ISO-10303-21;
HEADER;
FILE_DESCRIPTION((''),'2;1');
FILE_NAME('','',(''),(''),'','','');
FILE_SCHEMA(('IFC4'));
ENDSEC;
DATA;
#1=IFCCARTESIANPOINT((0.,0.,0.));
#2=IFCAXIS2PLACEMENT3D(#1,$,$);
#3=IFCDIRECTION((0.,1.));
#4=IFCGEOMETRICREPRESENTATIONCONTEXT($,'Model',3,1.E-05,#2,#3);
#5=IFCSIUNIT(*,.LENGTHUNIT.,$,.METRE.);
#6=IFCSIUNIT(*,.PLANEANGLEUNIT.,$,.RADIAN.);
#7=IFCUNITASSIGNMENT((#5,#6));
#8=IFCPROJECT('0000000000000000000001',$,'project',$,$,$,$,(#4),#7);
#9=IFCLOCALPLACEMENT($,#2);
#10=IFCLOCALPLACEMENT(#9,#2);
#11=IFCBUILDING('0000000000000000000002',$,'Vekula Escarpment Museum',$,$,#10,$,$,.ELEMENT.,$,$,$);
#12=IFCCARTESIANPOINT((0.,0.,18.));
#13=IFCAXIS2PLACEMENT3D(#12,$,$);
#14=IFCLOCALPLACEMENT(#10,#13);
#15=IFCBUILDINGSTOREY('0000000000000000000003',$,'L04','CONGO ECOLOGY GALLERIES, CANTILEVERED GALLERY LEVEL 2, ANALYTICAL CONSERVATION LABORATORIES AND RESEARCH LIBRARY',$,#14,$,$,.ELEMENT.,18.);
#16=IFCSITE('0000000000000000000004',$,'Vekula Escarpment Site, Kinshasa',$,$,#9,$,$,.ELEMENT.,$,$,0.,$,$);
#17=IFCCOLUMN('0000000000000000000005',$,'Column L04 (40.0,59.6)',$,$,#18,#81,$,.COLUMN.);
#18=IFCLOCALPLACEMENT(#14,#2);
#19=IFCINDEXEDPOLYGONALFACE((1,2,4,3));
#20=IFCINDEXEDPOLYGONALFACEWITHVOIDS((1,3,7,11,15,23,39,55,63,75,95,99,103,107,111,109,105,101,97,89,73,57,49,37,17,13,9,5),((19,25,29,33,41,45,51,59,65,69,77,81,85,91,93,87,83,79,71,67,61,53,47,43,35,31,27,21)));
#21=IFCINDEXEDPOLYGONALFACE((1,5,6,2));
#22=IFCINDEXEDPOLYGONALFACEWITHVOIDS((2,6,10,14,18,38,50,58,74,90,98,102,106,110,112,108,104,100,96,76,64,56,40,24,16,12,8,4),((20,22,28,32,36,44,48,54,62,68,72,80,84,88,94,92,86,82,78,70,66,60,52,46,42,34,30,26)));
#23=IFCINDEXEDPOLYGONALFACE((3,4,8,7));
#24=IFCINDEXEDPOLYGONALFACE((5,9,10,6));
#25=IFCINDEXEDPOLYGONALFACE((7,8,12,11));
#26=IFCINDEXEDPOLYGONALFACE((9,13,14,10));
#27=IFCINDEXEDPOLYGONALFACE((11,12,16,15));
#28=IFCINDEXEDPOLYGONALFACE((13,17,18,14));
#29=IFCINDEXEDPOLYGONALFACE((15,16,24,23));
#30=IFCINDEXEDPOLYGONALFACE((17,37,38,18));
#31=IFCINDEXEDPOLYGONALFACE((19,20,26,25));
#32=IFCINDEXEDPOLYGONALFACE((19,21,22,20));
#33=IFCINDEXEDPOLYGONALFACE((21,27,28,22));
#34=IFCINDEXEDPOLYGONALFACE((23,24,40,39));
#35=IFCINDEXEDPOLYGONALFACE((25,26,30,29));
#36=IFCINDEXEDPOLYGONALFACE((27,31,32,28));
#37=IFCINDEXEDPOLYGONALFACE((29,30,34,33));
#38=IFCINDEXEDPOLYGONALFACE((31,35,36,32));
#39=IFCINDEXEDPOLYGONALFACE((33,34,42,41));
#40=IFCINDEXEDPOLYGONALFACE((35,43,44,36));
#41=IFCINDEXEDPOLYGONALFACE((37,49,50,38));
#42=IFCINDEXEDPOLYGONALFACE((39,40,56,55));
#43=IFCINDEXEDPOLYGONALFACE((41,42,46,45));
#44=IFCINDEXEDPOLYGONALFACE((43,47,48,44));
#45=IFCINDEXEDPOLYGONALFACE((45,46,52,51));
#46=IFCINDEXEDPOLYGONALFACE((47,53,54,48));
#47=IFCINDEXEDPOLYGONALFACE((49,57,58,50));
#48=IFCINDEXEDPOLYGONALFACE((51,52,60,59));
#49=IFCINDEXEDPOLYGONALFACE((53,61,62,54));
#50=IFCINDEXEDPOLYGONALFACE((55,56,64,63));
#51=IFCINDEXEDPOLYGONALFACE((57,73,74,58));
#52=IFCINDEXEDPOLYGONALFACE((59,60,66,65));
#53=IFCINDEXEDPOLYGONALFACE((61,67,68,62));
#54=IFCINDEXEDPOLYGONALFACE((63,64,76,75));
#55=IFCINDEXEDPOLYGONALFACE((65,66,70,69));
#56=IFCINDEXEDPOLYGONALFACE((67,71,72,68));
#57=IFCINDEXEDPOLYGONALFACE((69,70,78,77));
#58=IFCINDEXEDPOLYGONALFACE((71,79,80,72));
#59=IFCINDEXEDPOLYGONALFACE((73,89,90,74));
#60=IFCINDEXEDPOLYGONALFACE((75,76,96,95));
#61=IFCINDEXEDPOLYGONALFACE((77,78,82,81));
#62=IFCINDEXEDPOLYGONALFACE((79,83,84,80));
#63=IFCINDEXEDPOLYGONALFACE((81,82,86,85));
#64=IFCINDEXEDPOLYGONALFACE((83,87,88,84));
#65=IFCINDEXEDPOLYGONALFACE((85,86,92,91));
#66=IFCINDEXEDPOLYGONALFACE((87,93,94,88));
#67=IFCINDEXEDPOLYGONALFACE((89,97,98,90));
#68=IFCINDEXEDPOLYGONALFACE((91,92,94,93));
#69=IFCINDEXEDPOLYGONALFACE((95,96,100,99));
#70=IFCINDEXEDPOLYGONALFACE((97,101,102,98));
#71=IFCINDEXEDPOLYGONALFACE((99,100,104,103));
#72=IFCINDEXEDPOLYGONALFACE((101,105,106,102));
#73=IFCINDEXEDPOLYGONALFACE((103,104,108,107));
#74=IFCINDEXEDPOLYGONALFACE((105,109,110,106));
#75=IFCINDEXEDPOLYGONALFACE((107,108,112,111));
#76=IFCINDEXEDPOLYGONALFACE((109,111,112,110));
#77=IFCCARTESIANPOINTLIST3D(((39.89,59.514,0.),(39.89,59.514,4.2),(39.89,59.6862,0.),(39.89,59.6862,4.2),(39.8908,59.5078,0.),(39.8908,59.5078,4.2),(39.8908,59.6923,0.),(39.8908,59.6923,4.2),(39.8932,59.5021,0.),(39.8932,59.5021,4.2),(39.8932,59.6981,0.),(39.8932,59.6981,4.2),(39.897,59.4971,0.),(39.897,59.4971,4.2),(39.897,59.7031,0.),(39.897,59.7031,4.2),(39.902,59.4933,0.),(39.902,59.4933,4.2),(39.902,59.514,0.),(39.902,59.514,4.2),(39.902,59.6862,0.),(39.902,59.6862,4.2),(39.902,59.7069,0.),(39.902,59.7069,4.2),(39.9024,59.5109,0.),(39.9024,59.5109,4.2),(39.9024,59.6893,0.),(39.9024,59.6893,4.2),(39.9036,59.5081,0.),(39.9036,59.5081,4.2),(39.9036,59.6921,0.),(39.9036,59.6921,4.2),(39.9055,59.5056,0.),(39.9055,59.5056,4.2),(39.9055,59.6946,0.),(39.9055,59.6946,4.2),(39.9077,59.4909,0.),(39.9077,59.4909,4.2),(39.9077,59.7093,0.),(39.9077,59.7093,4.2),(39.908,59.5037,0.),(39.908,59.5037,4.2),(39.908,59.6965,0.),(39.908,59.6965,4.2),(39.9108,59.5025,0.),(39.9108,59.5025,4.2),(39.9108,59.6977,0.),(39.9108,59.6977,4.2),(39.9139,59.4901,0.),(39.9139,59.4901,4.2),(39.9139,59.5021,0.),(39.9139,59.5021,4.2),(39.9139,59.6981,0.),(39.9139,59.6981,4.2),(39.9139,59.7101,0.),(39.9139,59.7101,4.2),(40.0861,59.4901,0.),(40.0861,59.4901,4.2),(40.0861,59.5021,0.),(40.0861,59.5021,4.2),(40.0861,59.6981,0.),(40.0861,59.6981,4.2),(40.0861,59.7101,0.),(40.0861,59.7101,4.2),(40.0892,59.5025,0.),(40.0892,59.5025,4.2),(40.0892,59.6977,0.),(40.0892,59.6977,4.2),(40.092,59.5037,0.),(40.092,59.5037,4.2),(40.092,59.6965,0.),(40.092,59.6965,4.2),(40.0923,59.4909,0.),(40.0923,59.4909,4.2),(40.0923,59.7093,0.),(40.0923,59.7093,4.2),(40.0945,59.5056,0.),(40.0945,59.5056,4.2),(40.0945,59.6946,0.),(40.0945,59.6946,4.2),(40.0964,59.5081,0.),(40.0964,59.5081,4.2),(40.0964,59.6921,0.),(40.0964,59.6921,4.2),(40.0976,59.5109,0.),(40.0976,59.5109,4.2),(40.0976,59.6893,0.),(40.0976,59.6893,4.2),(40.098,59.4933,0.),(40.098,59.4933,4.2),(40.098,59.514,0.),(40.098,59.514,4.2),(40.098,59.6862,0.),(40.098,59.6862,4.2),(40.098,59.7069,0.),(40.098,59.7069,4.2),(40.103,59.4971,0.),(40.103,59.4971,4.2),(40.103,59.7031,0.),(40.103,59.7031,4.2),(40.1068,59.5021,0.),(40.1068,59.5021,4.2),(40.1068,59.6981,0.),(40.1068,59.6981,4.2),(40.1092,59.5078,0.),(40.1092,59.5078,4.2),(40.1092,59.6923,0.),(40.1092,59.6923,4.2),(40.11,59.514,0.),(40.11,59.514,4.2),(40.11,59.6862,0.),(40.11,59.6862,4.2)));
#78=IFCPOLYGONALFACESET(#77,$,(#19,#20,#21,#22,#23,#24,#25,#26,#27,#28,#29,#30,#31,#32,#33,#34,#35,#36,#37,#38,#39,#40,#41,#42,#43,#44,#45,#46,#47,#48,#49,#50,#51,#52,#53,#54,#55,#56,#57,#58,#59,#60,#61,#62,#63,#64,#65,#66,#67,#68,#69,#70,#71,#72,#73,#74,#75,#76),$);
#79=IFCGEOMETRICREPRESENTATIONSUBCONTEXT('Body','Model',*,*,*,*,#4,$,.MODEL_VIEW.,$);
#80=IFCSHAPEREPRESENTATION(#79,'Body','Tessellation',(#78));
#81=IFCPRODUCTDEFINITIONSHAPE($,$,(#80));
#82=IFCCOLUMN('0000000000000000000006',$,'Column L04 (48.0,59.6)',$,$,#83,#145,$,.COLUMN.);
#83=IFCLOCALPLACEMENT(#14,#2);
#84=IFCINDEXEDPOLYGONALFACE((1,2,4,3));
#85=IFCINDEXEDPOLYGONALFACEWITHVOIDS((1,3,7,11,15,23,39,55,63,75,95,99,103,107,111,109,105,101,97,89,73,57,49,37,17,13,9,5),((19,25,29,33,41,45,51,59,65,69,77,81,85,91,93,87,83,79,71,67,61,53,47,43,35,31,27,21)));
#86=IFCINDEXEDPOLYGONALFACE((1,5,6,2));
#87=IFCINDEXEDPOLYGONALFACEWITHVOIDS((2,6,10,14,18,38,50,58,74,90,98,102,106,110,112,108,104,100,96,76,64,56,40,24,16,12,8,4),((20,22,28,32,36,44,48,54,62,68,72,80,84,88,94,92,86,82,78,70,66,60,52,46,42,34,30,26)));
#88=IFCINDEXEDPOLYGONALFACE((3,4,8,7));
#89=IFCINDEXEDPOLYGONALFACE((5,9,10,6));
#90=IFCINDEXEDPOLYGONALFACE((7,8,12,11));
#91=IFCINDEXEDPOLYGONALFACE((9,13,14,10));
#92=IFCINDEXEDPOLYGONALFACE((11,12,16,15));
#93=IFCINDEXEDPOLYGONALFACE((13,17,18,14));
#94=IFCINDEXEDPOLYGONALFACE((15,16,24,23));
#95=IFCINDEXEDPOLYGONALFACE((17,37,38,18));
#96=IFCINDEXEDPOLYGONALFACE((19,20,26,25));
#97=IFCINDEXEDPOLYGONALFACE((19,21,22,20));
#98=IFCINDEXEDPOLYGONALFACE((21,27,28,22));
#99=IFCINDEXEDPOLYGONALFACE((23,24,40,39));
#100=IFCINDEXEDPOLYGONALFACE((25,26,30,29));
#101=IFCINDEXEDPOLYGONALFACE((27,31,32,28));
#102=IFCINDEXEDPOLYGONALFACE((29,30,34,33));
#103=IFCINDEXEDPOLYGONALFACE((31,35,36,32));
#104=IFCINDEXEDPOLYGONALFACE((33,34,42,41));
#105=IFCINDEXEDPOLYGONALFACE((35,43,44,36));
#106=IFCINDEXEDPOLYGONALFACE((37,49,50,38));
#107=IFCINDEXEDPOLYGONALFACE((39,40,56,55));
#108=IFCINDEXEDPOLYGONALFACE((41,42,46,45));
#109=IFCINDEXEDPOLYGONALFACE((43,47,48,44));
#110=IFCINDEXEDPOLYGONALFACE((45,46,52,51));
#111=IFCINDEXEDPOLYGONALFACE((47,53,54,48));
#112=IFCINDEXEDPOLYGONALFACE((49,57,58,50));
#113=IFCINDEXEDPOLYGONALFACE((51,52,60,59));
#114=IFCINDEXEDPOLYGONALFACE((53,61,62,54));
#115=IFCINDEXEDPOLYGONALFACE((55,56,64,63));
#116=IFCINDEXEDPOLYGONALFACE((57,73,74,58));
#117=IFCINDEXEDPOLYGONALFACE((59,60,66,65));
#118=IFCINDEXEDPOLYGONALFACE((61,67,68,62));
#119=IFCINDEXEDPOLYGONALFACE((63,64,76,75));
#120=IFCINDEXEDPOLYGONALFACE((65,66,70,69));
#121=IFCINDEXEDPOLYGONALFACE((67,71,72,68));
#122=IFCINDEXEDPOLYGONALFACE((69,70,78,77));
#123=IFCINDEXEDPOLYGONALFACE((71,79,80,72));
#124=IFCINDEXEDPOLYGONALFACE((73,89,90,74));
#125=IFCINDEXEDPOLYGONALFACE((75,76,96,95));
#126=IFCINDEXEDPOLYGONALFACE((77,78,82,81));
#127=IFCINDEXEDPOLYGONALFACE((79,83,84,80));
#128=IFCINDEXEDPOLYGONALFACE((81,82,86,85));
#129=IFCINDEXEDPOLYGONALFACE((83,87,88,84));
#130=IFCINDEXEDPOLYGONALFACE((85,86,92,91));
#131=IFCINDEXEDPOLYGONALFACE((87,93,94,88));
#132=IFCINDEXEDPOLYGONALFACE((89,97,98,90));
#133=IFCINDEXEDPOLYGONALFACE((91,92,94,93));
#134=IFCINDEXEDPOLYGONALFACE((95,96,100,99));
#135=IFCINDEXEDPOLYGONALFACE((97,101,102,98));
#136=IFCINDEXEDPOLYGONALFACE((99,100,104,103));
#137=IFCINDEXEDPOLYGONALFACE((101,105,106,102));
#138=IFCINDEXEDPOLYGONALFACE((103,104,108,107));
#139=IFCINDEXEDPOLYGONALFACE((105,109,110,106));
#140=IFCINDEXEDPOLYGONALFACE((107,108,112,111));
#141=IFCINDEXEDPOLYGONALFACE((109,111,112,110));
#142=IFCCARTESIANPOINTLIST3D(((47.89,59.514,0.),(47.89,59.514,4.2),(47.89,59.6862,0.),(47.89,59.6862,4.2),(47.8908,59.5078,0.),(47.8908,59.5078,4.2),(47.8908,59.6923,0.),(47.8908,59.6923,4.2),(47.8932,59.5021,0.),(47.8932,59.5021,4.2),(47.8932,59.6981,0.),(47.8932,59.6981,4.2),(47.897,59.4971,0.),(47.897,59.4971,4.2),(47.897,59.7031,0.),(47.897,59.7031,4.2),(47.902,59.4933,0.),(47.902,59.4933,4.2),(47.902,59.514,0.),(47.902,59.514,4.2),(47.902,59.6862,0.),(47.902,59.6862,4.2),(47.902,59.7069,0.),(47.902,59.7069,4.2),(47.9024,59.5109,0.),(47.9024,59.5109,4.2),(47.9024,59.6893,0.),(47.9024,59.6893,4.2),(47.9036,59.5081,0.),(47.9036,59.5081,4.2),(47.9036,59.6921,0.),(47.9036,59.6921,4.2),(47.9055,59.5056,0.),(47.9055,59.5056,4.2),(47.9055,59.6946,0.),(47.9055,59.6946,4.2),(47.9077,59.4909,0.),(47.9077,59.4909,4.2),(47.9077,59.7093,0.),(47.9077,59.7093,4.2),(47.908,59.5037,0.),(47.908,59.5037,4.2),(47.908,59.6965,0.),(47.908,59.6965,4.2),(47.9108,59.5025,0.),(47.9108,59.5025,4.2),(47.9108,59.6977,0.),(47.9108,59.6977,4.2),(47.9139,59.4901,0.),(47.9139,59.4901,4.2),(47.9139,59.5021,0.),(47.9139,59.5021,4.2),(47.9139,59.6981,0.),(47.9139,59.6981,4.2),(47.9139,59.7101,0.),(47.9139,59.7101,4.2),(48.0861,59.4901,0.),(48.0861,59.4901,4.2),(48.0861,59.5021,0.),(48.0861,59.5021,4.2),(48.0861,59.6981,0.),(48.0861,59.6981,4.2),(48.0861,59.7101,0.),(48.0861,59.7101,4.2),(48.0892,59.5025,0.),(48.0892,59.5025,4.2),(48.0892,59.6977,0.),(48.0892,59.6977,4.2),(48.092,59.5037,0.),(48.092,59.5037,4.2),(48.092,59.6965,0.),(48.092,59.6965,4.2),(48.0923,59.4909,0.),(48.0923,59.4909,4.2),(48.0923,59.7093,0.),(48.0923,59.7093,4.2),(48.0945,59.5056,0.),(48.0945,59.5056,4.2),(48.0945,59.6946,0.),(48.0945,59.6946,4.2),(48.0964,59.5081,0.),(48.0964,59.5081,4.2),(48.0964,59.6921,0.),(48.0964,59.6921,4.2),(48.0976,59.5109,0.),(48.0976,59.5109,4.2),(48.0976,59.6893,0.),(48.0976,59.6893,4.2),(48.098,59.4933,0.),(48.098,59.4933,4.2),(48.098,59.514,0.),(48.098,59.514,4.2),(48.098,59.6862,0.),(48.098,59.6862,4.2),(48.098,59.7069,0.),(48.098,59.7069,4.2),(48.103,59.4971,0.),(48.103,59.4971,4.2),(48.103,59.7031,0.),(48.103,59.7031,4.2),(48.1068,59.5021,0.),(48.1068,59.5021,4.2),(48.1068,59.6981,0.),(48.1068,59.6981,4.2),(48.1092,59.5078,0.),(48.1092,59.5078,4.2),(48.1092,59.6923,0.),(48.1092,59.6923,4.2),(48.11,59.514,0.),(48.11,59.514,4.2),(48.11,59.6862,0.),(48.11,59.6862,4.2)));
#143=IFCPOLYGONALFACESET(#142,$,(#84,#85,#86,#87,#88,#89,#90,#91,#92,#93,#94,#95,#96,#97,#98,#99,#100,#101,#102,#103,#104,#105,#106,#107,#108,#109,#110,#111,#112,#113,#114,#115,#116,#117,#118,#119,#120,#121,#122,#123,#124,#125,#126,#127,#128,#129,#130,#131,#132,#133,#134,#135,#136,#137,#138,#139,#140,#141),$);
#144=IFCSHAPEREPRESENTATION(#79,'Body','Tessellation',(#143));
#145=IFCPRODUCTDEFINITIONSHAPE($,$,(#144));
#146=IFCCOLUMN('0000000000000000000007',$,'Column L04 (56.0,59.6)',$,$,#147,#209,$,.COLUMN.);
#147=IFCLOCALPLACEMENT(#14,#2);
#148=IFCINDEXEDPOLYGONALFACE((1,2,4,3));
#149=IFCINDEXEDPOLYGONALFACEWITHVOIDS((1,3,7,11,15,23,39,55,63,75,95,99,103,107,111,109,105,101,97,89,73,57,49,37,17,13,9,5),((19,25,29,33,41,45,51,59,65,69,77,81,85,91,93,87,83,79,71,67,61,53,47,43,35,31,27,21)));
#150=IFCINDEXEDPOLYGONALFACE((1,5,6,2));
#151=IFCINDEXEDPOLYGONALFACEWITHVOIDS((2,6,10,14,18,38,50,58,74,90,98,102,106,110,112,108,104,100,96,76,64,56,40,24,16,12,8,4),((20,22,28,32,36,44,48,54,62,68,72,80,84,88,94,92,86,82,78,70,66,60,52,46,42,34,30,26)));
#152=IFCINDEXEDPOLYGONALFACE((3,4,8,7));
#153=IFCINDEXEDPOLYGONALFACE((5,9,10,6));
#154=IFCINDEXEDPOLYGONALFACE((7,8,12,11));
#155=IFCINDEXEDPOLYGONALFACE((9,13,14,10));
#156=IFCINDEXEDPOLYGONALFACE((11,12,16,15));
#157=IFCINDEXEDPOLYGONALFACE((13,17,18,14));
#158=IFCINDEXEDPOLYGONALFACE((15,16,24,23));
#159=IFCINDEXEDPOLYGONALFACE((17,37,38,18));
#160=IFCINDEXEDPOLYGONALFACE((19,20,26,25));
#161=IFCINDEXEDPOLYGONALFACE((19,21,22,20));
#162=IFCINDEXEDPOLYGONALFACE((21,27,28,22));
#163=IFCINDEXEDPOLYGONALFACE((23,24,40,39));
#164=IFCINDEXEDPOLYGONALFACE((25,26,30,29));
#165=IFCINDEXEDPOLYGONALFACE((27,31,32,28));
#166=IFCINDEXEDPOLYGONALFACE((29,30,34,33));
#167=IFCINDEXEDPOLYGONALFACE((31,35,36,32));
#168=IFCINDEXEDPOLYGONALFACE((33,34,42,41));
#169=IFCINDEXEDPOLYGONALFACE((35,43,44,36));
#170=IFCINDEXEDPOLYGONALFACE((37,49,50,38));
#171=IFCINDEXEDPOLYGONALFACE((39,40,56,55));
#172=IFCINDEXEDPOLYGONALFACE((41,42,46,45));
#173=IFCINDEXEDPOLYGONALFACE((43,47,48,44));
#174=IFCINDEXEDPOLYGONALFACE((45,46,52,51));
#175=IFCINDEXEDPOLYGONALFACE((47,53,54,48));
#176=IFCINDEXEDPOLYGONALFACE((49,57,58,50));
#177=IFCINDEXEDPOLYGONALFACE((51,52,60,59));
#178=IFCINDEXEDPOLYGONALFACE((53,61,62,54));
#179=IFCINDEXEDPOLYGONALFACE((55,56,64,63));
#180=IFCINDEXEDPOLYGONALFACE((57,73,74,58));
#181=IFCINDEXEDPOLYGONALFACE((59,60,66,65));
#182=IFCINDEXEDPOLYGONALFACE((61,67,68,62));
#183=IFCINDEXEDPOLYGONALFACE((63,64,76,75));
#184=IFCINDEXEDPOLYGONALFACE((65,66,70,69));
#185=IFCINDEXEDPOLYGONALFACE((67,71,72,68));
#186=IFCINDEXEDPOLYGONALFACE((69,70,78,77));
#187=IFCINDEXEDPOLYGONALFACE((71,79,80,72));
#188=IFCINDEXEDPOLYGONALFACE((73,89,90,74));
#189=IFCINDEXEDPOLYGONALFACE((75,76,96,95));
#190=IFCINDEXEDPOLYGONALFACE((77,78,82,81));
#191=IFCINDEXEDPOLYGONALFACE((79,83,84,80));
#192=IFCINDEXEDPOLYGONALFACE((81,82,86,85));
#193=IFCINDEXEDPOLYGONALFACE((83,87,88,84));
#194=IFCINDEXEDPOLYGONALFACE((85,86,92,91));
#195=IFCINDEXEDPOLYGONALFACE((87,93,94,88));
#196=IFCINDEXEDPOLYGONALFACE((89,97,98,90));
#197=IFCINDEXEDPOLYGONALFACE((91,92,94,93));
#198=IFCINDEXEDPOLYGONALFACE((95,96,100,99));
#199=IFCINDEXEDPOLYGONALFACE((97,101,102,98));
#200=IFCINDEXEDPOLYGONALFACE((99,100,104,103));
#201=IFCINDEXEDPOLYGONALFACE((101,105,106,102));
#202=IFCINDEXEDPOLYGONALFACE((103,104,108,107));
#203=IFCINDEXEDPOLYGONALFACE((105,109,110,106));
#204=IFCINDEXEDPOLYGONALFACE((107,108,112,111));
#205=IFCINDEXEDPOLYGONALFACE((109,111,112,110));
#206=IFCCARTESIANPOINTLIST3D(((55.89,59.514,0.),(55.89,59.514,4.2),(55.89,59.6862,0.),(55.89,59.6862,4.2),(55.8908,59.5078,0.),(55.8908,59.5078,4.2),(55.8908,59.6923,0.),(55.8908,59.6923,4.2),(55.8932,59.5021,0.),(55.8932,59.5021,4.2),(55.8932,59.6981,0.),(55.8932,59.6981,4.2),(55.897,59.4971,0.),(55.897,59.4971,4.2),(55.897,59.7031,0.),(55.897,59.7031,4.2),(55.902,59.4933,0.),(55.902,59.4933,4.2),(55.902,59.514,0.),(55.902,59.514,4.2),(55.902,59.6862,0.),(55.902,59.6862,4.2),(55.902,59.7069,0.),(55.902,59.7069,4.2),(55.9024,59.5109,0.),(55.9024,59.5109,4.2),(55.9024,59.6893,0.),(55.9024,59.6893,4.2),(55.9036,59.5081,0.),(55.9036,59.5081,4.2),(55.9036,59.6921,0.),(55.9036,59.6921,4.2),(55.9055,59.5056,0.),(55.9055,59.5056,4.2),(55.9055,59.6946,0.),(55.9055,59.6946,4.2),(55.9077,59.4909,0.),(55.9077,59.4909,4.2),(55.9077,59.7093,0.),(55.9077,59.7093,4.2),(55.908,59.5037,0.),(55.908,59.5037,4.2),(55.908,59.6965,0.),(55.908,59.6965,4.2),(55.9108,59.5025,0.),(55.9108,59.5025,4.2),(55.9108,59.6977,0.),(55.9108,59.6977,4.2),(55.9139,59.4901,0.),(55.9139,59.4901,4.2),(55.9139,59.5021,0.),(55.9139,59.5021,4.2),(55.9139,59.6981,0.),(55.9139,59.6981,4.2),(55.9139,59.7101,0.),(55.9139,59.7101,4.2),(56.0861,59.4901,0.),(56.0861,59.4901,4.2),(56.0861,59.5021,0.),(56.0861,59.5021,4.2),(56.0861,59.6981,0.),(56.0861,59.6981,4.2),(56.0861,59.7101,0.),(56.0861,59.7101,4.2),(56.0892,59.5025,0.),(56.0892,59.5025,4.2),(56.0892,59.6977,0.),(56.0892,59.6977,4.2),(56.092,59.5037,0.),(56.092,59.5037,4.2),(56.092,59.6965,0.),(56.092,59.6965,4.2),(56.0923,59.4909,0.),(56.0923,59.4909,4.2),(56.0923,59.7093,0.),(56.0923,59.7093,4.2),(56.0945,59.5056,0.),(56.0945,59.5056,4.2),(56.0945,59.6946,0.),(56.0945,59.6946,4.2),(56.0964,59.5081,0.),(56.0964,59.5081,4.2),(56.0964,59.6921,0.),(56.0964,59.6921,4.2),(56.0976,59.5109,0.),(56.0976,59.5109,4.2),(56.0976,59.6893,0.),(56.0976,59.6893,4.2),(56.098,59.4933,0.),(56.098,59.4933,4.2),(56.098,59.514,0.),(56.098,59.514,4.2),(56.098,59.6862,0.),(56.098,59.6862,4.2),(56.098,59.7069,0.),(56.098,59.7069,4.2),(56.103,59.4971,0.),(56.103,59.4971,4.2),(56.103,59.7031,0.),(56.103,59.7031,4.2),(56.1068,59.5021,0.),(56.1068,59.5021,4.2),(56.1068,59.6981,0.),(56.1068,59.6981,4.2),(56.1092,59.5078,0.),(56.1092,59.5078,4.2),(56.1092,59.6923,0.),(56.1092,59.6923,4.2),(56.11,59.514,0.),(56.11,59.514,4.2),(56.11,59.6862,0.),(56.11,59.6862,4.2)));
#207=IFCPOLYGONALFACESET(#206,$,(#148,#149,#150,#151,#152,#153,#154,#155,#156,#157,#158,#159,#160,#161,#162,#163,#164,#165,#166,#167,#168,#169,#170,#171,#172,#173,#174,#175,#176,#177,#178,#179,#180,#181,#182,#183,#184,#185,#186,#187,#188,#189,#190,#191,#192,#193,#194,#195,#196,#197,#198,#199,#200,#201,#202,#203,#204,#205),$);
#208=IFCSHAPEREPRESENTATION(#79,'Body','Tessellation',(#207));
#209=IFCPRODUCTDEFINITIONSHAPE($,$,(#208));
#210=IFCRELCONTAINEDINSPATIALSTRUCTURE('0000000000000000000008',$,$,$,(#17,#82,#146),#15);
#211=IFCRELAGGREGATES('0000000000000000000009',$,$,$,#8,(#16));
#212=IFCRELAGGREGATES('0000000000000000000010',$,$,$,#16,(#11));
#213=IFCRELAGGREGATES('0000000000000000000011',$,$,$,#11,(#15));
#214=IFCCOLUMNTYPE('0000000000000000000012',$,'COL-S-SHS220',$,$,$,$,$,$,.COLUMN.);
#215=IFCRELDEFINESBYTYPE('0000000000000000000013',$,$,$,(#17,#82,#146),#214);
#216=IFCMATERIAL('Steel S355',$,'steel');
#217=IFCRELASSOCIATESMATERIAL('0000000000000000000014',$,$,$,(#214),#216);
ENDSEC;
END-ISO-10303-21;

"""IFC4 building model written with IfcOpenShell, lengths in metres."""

from ifc_helpers import new_model, si_unit, direction, frame, origin, origin_2d, place, context, subcontext, project, spatial, hollow_rectangle, extrude, material, material_profile, profile_set, type_object, element, save


model = new_model("IFC4")

# Units and contexts
model_context = context("Model", 3, precision=1e-05, world=origin(), true_north=direction((0.0, 1.0)))
body_context = subcontext(model_context, "Body", "Model", "MODEL_VIEW")
ifc_project = project(units=[si_unit("LENGTHUNIT", "METRE"), si_unit("PLANEANGLEUNIT", "RADIAN")], contexts=[model_context])

# Site, building, storey
site_placement = place(None, origin())
site = spatial("IfcSite", under=ifc_project, at=site_placement, Name="Vekula Escarpment Site, Kinshasa", CompositionType="ELEMENT", RefElevation=0.0)
building_placement = place(site_placement, origin())
building = spatial("IfcBuilding", under=site, at=building_placement, Name="Vekula Escarpment Museum", CompositionType="ELEMENT")
storey_placement = place(building_placement, frame((0.0, 0.0, 18.0)))
storey = spatial("IfcBuildingStorey", under=building, at=storey_placement, Name="L04", Description="CONGO ECOLOGY GALLERIES, CANTILEVERED GALLERY LEVEL 2, ANALYTICAL CONSERVATION LABORATORIES AND RESEARCH LIBRARY", CompositionType="ELEMENT", Elevation=18.0)

# Columns
ifc_material_1 = material(Name="Steel S355", Category="steel")
ifc_material_profile_1 = material_profile(ifc_material_1, hollow_rectangle(XDim=0.22, YDim=0.22, WallThickness=0.012, InnerFilletRadius=0.012, OuterFilletRadius=0.0239, at=origin_2d()), Name="SHS 220x220x12")
ifc_profile_set_1 = profile_set([ifc_material_profile_1], Name="Steel S355")
column_type_1 = type_object("IfcColumnType", Name="COL-S-SHS220", PredefinedType="COLUMN", material=ifc_profile_set_1)
for number, where, z_axis, x_axis, name in (
    (1, (40.0, 59.6001, 0.0), (0.0, 0.0, 1.0), (1.0, 0.0, 0.0), "Column L04 (40.0,59.6)"),
    (2, (48.0, 59.6001, 0.0), (0.0, 0.0, 1.0), (1.0, 0.0, 0.0), "Column L04 (48.0,59.6)"),
    (3, (56.0, 59.6001, 0.0), (0.0, 0.0, 1.0), (1.0, 0.0, 0.0), "Column L04 (56.0,59.6)"),
):
    element("IfcColumn", number, at=place(storey_placement, frame(where, z_axis=z_axis, x_axis=x_axis)), inside=storey, type_object=column_type_1, Name=name, PredefinedType="COLUMN", context=body_context, shape_type="SweptSolid", body=[
        extrude(hollow_rectangle(XDim=0.22, YDim=0.22, WallThickness=0.012, InnerFilletRadius=0.012, OuterFilletRadius=0.0239, at=origin_2d()), origin(), (0.0, 0.0, 1.0), 4.2),
    ])

save(model, "model.ifc")
